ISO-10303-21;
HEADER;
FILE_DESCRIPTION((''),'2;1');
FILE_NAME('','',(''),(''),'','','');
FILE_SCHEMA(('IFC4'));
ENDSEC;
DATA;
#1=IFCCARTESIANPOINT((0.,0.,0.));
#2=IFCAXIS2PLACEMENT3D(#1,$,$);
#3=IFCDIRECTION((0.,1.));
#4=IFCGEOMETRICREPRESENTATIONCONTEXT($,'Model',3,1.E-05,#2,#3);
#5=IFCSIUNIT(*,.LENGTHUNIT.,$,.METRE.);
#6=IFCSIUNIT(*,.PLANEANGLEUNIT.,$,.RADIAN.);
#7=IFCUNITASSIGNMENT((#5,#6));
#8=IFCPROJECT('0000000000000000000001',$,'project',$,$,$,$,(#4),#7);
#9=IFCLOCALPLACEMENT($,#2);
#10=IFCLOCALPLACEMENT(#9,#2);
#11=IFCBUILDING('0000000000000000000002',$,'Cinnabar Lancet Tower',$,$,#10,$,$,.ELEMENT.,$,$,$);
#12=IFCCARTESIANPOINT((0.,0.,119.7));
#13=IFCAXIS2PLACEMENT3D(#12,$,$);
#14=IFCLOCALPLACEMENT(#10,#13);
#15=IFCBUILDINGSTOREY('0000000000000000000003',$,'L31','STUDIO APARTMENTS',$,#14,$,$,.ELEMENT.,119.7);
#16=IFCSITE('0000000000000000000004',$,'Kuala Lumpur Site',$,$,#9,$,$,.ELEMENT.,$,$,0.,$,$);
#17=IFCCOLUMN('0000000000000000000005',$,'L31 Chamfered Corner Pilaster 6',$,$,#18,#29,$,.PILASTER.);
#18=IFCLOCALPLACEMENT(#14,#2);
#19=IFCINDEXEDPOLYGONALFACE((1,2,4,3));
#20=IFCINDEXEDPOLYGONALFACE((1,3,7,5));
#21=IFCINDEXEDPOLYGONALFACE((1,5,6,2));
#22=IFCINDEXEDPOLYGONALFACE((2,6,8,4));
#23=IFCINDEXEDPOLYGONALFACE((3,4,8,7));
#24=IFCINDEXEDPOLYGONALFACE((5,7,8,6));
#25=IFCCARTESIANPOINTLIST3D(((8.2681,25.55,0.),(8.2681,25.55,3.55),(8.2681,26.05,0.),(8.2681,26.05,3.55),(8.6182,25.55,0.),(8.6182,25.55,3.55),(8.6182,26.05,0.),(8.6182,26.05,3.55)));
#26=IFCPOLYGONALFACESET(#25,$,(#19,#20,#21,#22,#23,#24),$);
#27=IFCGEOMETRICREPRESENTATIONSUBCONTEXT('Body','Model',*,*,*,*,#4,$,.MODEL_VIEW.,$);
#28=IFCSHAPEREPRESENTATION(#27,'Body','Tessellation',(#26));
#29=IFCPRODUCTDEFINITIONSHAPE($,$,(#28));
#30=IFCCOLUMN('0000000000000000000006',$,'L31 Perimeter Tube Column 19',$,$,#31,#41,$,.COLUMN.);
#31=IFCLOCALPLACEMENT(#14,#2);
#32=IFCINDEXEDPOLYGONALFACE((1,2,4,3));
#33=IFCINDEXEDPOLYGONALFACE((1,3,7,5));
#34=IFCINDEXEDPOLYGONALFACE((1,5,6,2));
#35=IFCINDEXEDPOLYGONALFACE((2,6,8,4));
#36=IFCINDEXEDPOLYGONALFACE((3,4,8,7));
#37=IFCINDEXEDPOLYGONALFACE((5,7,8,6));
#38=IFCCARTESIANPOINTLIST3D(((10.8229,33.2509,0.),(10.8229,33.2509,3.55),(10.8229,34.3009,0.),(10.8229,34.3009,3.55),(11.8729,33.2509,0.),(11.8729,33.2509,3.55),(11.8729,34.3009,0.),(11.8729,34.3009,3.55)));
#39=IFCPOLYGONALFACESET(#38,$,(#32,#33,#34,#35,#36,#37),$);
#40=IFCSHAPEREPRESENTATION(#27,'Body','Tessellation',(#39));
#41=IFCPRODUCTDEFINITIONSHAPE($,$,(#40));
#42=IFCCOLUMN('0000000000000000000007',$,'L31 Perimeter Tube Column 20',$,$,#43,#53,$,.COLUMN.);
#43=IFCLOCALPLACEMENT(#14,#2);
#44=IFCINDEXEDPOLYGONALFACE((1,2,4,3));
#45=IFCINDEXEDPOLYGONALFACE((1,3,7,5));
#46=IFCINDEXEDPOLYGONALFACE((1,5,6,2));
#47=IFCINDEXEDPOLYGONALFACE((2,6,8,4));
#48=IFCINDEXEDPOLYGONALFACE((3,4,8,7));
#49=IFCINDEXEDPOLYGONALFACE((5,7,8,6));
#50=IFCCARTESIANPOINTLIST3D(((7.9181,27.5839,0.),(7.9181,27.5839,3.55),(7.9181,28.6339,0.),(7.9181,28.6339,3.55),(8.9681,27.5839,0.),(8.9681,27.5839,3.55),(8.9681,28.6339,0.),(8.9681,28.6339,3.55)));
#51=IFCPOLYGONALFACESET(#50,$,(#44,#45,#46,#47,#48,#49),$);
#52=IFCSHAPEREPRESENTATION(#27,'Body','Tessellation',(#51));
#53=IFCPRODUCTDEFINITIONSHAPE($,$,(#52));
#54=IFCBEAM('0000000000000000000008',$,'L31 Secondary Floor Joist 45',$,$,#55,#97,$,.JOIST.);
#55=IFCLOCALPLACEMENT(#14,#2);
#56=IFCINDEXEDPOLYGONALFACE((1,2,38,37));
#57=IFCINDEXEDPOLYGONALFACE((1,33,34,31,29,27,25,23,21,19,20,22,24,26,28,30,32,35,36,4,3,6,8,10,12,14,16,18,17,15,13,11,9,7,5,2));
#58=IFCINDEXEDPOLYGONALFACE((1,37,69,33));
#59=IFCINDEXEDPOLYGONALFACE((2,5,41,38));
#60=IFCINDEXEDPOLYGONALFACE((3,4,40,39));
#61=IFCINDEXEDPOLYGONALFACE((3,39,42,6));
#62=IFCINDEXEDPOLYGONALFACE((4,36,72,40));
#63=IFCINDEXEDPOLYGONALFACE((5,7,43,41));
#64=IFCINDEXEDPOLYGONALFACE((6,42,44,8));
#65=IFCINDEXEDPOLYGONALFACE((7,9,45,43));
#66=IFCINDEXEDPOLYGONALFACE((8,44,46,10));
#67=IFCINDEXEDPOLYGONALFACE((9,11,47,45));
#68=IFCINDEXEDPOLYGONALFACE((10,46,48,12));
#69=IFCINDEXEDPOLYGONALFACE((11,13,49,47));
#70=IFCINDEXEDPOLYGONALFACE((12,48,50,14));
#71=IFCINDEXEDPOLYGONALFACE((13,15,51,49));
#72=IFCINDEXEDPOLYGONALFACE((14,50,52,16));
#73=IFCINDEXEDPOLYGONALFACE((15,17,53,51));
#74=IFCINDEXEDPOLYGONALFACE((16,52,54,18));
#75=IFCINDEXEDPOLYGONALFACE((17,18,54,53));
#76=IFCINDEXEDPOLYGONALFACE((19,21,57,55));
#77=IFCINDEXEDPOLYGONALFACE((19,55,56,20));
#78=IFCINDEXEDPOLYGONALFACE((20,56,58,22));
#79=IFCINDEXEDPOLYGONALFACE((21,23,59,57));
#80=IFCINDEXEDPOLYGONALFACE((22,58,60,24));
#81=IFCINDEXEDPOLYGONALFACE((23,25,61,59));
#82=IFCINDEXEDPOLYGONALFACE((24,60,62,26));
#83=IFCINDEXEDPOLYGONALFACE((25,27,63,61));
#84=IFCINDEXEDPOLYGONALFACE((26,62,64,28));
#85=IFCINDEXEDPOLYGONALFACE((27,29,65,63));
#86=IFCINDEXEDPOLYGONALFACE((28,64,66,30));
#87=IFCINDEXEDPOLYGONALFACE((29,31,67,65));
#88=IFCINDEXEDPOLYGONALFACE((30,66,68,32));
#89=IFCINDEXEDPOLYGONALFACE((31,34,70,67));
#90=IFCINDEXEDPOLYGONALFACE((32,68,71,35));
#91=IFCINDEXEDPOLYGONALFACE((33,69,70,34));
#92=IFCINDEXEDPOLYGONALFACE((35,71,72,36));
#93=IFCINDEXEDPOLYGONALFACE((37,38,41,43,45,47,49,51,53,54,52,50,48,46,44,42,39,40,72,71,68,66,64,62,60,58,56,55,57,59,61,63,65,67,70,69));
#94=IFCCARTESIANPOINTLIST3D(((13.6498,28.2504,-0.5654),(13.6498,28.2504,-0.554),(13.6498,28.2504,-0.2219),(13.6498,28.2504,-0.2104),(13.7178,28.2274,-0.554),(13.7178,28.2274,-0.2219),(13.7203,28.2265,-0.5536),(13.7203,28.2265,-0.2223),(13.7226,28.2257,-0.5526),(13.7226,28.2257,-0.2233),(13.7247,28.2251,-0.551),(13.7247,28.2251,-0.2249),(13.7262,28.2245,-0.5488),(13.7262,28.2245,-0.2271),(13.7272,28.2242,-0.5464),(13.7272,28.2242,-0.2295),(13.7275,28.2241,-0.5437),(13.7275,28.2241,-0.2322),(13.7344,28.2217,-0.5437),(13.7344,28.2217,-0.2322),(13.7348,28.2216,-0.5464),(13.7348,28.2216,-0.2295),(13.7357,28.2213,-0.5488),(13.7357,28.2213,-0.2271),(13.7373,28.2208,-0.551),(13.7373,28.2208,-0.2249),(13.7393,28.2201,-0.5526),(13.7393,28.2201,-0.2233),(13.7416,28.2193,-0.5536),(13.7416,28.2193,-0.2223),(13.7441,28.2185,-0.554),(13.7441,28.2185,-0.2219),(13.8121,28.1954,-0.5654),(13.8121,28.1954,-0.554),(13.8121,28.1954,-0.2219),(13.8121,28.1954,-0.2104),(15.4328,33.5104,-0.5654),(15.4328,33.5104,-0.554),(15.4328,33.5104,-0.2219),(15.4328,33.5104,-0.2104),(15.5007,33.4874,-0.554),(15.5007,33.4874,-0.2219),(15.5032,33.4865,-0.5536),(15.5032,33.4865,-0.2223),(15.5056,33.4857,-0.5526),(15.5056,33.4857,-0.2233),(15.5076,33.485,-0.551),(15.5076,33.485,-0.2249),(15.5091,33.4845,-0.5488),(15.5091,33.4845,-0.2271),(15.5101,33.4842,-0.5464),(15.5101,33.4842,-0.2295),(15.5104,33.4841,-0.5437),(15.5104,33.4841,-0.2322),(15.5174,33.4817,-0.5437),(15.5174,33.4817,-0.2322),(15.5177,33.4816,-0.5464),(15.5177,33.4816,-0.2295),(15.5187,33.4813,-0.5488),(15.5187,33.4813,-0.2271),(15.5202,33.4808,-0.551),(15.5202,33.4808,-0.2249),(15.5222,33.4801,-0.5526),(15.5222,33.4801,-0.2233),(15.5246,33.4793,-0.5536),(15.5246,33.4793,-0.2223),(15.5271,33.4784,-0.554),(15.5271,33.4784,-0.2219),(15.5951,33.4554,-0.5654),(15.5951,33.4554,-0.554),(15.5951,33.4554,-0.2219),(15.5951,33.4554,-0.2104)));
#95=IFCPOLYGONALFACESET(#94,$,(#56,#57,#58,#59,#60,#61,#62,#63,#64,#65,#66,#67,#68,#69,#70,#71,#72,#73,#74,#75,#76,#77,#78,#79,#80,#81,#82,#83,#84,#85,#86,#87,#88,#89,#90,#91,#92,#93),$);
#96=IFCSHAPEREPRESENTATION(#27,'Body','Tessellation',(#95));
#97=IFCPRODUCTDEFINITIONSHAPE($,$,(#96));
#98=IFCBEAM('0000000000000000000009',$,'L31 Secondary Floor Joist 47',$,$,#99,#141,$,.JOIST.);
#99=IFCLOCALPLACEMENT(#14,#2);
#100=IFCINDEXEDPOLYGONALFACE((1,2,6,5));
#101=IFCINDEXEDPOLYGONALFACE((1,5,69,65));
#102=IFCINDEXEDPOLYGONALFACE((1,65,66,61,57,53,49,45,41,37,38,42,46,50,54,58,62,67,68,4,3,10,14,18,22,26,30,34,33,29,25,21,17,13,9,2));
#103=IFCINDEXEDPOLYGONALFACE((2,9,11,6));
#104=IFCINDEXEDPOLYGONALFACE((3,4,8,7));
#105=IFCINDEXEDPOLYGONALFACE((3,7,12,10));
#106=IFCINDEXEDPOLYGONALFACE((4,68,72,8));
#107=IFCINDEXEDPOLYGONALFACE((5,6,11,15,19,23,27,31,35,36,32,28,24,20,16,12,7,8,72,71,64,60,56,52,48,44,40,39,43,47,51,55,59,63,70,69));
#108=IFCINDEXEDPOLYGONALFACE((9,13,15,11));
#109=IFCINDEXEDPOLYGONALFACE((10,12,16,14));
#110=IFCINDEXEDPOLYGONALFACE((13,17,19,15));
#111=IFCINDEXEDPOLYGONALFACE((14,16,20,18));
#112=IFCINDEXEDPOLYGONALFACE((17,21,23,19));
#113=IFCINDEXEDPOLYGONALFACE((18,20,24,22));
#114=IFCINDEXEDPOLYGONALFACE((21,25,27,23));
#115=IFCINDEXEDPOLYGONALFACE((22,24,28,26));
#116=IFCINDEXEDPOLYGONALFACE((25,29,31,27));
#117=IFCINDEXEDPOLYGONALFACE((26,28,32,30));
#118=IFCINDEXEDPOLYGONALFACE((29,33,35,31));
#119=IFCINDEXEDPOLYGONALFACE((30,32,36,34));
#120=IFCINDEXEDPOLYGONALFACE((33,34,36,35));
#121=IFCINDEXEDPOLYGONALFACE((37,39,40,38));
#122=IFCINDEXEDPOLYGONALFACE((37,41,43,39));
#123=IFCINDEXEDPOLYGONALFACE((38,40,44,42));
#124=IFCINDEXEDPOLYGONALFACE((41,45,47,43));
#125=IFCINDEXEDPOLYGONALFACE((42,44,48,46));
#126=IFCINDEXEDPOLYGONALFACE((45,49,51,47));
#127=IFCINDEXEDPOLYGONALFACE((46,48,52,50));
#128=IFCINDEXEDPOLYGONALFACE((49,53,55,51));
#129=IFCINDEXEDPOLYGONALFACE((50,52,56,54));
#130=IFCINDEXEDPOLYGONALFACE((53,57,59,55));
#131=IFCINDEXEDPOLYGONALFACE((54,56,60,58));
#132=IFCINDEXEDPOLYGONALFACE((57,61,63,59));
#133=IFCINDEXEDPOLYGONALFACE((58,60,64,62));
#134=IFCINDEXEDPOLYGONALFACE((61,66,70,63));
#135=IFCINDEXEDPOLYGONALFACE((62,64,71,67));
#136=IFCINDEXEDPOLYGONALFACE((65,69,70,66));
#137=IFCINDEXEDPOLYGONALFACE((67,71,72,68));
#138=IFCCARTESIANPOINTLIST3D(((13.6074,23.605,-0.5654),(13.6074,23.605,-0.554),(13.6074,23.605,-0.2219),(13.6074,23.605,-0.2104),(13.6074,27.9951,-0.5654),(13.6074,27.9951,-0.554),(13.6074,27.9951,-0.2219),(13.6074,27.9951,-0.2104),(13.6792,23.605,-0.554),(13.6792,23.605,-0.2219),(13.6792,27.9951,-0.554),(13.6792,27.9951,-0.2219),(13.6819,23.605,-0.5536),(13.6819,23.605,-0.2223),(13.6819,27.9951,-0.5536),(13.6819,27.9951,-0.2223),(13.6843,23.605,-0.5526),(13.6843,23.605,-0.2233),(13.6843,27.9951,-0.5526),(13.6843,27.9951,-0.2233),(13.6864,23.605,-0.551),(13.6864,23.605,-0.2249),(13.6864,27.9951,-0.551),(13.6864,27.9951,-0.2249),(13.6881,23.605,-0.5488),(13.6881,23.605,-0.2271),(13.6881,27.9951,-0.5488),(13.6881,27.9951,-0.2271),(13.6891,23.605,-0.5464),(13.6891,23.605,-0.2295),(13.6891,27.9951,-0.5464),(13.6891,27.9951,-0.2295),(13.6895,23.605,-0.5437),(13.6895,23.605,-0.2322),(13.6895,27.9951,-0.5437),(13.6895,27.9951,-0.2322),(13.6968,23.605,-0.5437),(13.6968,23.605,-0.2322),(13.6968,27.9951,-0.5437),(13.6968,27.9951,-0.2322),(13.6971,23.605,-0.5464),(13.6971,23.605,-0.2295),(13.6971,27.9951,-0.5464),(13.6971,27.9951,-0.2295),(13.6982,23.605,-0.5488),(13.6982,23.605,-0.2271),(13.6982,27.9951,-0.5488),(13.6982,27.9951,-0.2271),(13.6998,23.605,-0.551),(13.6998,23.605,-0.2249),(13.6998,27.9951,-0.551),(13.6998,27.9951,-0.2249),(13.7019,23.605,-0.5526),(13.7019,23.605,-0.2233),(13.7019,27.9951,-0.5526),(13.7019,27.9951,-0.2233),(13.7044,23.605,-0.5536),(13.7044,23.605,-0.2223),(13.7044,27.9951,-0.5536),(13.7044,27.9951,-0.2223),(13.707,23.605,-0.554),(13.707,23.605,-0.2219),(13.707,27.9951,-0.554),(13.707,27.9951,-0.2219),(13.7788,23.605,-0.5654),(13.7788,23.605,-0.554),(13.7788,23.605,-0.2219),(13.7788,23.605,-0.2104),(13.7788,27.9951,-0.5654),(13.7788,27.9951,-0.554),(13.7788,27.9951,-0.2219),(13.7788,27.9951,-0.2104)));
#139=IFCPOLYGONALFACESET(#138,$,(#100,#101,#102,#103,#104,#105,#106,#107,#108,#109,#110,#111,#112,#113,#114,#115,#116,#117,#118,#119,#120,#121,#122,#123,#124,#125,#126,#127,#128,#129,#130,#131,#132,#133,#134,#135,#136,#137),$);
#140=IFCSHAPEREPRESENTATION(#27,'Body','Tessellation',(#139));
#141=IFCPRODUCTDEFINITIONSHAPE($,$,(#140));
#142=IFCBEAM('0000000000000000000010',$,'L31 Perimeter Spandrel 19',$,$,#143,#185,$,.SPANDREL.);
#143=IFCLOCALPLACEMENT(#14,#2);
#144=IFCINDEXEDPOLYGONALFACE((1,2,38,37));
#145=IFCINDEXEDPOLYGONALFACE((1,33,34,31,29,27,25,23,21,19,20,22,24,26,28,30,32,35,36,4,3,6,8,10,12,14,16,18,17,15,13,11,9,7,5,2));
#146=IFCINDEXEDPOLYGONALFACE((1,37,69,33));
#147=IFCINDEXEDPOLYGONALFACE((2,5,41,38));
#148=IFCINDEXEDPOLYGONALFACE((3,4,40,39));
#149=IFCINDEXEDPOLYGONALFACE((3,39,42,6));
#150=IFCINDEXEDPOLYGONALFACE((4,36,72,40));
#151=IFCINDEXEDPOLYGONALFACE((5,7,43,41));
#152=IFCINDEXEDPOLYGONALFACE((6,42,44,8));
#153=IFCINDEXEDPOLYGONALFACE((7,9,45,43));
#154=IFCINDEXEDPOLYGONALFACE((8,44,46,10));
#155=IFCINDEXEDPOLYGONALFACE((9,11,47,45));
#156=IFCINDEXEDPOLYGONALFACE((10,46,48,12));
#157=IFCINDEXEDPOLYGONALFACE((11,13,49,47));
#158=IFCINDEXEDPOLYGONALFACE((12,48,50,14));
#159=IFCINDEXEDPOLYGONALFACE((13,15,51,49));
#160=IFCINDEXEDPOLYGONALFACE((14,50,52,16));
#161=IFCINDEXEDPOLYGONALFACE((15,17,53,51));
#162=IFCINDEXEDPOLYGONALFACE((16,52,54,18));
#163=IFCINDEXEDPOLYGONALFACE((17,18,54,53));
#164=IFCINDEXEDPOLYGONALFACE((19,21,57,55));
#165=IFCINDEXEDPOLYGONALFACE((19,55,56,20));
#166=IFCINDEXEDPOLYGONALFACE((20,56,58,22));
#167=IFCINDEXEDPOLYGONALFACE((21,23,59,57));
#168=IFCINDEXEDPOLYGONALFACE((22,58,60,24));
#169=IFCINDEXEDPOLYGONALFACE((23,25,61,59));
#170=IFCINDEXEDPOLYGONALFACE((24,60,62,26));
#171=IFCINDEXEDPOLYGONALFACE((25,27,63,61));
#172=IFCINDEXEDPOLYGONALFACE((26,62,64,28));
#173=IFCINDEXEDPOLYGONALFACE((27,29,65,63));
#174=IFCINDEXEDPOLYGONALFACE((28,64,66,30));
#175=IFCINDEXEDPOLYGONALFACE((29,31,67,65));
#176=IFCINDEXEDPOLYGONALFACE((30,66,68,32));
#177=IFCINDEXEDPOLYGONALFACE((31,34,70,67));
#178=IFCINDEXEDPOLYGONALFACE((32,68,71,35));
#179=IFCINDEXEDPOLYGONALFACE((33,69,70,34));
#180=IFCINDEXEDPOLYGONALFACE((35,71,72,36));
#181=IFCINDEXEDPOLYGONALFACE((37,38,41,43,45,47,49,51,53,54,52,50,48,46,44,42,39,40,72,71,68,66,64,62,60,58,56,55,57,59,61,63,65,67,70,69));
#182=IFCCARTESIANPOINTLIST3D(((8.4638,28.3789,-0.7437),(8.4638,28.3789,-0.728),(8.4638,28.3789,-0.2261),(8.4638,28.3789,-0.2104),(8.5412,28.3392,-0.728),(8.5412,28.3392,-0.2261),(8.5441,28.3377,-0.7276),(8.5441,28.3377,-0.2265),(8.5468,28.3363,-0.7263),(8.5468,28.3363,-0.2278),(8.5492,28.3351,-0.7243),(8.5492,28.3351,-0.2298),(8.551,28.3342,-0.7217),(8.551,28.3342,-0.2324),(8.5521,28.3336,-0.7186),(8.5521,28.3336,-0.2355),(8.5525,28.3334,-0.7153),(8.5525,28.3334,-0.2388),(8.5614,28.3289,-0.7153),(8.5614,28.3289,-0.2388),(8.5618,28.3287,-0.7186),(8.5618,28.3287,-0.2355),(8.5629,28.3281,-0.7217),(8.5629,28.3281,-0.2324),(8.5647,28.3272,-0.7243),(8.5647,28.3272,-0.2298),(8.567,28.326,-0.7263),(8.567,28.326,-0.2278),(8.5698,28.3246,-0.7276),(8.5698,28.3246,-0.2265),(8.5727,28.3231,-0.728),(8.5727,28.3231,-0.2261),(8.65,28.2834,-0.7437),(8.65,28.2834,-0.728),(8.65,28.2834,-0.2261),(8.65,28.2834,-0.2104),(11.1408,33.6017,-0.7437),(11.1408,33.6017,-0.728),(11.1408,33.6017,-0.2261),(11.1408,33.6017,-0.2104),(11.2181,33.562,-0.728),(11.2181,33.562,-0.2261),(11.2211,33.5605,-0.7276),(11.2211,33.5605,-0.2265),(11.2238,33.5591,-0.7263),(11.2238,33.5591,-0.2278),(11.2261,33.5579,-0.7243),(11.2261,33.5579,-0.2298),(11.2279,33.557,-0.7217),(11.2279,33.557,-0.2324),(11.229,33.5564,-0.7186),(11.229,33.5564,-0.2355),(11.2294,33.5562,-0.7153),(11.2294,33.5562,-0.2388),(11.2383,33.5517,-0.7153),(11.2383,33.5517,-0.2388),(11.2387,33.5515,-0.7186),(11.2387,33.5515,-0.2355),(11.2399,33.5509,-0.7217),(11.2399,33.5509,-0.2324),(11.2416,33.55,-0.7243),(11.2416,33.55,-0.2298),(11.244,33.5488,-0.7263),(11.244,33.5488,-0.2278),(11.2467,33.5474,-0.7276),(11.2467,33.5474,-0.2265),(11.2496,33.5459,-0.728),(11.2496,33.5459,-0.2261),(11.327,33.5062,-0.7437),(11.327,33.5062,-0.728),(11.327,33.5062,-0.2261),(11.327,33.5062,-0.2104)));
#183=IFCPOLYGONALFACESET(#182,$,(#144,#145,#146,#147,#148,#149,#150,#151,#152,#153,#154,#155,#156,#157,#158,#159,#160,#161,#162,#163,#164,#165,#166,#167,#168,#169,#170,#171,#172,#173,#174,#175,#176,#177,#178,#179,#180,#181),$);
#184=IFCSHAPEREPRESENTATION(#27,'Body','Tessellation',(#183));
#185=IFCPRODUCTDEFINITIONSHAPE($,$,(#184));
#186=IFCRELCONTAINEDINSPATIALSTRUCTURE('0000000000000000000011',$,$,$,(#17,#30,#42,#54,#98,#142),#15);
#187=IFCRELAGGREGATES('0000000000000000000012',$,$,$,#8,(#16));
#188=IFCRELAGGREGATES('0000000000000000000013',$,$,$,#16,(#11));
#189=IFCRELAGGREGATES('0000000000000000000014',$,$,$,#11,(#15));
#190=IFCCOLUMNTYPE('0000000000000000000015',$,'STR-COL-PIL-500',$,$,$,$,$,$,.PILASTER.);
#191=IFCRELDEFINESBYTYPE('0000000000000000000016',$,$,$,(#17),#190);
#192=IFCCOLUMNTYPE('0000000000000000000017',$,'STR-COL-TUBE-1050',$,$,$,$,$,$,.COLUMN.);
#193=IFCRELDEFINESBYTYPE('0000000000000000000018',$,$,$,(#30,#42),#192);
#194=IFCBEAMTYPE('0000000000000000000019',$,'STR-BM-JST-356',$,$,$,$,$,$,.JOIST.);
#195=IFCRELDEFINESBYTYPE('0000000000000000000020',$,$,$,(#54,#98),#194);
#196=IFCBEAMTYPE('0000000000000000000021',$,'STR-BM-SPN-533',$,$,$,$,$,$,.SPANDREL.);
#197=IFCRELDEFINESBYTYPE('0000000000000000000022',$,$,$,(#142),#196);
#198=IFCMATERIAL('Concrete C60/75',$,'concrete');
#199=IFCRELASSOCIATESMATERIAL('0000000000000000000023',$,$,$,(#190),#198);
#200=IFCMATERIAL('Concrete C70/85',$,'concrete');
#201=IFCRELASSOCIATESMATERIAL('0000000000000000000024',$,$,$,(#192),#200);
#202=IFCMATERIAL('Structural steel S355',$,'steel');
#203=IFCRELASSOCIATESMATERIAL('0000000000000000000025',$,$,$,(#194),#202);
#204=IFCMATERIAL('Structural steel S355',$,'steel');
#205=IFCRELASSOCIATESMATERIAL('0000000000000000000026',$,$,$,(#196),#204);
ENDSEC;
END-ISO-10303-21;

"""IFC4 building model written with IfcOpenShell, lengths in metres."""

from ifc_helpers import new_model, si_unit, direction, frame, origin, origin_2d, place, context, subcontext, project, spatial, rectangle, i_section, extrude, material, material_profile, profile_set, type_object, element, save


model = new_model("IFC4")

# Units and contexts
model_context = context("Model", 3, precision=1e-05, world=origin(), true_north=direction((0.0, 1.0)))
body_context = subcontext(model_context, "Body", "Model", "MODEL_VIEW")
ifc_project = project(units=[si_unit("LENGTHUNIT", "METRE"), si_unit("PLANEANGLEUNIT", "RADIAN")], contexts=[model_context])

# Site, building, storey
site_placement = place(None, origin())
site = spatial("IfcSite", under=ifc_project, at=site_placement, Name="Kuala Lumpur Site", CompositionType="ELEMENT", RefElevation=0.0)
building_placement = place(site_placement, origin())
building = spatial("IfcBuilding", under=site, at=building_placement, Name="Cinnabar Lancet Tower", CompositionType="ELEMENT")
storey_placement = place(building_placement, frame((0.0, 0.0, 119.7)))
storey = spatial("IfcBuildingStorey", under=building, at=storey_placement, Name="L31", Description="STUDIO APARTMENTS", CompositionType="ELEMENT", Elevation=119.7)

# Columns
ifc_material_1 = material(Name="Concrete C60/75", Category="concrete")
ifc_material_profile_1 = material_profile(ifc_material_1, rectangle(XDim=0.5, YDim=0.3501, at=origin_2d()), Name="RC-PIL 500x350")
ifc_profile_set_1 = profile_set([ifc_material_profile_1], Name="Concrete C60/75")
column_type_1 = type_object("IfcColumnType", Name="STR-COL-PIL-500", PredefinedType="PILASTER", material=ifc_profile_set_1)
column_placement = place(storey_placement, frame((8.4431, 25.8, 0.0), z_axis=(0.0, 0.0, 1.0), x_axis=(0.0, -1.0, 0.0)))
element("IfcColumn", 1, at=column_placement, inside=storey, type_object=column_type_1, Name="L31 Chamfered Corner Pilaster 6", PredefinedType="PILASTER", context=body_context, shape_type="SweptSolid", body=[
    extrude(rectangle(XDim=0.5, YDim=0.3501, at=origin_2d()), origin(), (0.0, 0.0, 1.0), 3.55),
])
ifc_material_2 = material(Name="Concrete C70/85", Category="concrete")
ifc_material_profile_2 = material_profile(ifc_material_2, rectangle(XDim=1.05, YDim=1.05, at=origin_2d()), Name="RC-COL 1050x1050")
ifc_profile_set_2 = profile_set([ifc_material_profile_2], Name="Concrete C70/85")
column_type_2 = type_object("IfcColumnType", Name="STR-COL-TUBE-1050", PredefinedType="COLUMN", material=ifc_profile_set_2)
for number, where, z_axis, x_axis, name in (
    (2, (11.3479, 33.7759, 0.0), (0.0, 0.0, 1.0), (1.0, 0.0, 0.0), "L31 Perimeter Tube Column 19"),
    (3, (8.4431, 28.1089, 0.0), (0.0, 0.0, 1.0), (1.0, 0.0, 0.0), "L31 Perimeter Tube Column 20"),
):
    element("IfcColumn", number, at=place(storey_placement, frame(where, z_axis=z_axis, x_axis=x_axis)), inside=storey, type_object=column_type_2, Name=name, PredefinedType="COLUMN", context=body_context, shape_type="SweptSolid", body=[
        extrude(rectangle(XDim=1.05, YDim=1.05, at=origin_2d()), origin(), (0.0, 0.0, 1.0), 3.55),
    ])

# Beams
ifc_material_3 = material(Name="Structural steel S355", Category="steel")
ifc_material_profile_3 = material_profile(ifc_material_3, i_section(OverallWidth=0.1714, OverallDepth=0.355, WebThickness=0.0073, FlangeThickness=0.0115, FilletRadius=0.0103, at=origin_2d()), Name="UKB 356x171x51")
ifc_profile_set_3 = profile_set([ifc_material_profile_3], Name="Structural steel S355")
beam_type_1 = type_object("IfcBeamType", Name="STR-BM-JST-356", PredefinedType="JOIST", material=ifc_profile_set_3)
beam_1_placement = place(storey_placement, frame((15.5139, 33.4829, -0.3879), z_axis=(-0.321024, -0.947071, 0.0), x_axis=(0.947071, -0.321024, 0.0)))
element("IfcBeam", 4, at=beam_1_placement, inside=storey, type_object=beam_type_1, Name="L31 Secondary Floor Joist 45", PredefinedType="JOIST", context=body_context, shape_type="SweptSolid", body=[
    extrude(i_section(OverallWidth=0.1714, OverallDepth=0.355, WebThickness=0.0073, FlangeThickness=0.0115, FilletRadius=0.0103, at=origin_2d()), origin(), (0.0, 0.0, 1.0), 5.554),
])
beam_2_placement = place(storey_placement, frame((13.6931, 27.9951, -0.3879), z_axis=(0.0, -1.0, 0.0), x_axis=(1.0, 0.0, 0.0)))
element("IfcBeam", 5, at=beam_2_placement, inside=storey, type_object=beam_type_1, Name="L31 Secondary Floor Joist 47", PredefinedType="JOIST", context=body_context, shape_type="SweptSolid", body=[
    extrude(i_section(OverallWidth=0.1714, OverallDepth=0.355, WebThickness=0.0073, FlangeThickness=0.0115, FilletRadius=0.0103, at=origin_2d()), origin(), (0.0, 0.0, 1.0), 4.3901),
])
ifc_material_4 = material(Name="Structural steel S355", Category="steel")
ifc_material_profile_4 = material_profile(ifc_material_4, i_section(OverallWidth=0.2092, OverallDepth=0.5332, WebThickness=0.01, FlangeThickness=0.0156, FilletRadius=0.0127, at=origin_2d()), Name="UKB 533x210x92")
ifc_profile_set_4 = profile_set([ifc_material_profile_4], Name="Structural steel S355")
beam_type_2 = type_object("IfcBeamType", Name="STR-BM-SPN-533", PredefinedType="SPANDREL", material=ifc_profile_set_4)
beam_3_placement = place(storey_placement, frame((11.2339, 33.554, -0.4771), z_axis=(-0.456127, -0.889915, 0.0), x_axis=(0.889915, -0.456127, 0.0)))
element("IfcBeam", 6, at=beam_3_placement, inside=storey, type_object=beam_type_2, Name="L31 Perimeter Spandrel 19", PredefinedType="SPANDREL", context=body_context, shape_type="SweptSolid", body=[
    extrude(i_section(OverallWidth=0.2092, OverallDepth=0.5332, WebThickness=0.01, FlangeThickness=0.0156, FilletRadius=0.0127, at=origin_2d()), origin(), (0.0, 0.0, 1.0), 5.8689),
])

save(model, "model.ifc")
